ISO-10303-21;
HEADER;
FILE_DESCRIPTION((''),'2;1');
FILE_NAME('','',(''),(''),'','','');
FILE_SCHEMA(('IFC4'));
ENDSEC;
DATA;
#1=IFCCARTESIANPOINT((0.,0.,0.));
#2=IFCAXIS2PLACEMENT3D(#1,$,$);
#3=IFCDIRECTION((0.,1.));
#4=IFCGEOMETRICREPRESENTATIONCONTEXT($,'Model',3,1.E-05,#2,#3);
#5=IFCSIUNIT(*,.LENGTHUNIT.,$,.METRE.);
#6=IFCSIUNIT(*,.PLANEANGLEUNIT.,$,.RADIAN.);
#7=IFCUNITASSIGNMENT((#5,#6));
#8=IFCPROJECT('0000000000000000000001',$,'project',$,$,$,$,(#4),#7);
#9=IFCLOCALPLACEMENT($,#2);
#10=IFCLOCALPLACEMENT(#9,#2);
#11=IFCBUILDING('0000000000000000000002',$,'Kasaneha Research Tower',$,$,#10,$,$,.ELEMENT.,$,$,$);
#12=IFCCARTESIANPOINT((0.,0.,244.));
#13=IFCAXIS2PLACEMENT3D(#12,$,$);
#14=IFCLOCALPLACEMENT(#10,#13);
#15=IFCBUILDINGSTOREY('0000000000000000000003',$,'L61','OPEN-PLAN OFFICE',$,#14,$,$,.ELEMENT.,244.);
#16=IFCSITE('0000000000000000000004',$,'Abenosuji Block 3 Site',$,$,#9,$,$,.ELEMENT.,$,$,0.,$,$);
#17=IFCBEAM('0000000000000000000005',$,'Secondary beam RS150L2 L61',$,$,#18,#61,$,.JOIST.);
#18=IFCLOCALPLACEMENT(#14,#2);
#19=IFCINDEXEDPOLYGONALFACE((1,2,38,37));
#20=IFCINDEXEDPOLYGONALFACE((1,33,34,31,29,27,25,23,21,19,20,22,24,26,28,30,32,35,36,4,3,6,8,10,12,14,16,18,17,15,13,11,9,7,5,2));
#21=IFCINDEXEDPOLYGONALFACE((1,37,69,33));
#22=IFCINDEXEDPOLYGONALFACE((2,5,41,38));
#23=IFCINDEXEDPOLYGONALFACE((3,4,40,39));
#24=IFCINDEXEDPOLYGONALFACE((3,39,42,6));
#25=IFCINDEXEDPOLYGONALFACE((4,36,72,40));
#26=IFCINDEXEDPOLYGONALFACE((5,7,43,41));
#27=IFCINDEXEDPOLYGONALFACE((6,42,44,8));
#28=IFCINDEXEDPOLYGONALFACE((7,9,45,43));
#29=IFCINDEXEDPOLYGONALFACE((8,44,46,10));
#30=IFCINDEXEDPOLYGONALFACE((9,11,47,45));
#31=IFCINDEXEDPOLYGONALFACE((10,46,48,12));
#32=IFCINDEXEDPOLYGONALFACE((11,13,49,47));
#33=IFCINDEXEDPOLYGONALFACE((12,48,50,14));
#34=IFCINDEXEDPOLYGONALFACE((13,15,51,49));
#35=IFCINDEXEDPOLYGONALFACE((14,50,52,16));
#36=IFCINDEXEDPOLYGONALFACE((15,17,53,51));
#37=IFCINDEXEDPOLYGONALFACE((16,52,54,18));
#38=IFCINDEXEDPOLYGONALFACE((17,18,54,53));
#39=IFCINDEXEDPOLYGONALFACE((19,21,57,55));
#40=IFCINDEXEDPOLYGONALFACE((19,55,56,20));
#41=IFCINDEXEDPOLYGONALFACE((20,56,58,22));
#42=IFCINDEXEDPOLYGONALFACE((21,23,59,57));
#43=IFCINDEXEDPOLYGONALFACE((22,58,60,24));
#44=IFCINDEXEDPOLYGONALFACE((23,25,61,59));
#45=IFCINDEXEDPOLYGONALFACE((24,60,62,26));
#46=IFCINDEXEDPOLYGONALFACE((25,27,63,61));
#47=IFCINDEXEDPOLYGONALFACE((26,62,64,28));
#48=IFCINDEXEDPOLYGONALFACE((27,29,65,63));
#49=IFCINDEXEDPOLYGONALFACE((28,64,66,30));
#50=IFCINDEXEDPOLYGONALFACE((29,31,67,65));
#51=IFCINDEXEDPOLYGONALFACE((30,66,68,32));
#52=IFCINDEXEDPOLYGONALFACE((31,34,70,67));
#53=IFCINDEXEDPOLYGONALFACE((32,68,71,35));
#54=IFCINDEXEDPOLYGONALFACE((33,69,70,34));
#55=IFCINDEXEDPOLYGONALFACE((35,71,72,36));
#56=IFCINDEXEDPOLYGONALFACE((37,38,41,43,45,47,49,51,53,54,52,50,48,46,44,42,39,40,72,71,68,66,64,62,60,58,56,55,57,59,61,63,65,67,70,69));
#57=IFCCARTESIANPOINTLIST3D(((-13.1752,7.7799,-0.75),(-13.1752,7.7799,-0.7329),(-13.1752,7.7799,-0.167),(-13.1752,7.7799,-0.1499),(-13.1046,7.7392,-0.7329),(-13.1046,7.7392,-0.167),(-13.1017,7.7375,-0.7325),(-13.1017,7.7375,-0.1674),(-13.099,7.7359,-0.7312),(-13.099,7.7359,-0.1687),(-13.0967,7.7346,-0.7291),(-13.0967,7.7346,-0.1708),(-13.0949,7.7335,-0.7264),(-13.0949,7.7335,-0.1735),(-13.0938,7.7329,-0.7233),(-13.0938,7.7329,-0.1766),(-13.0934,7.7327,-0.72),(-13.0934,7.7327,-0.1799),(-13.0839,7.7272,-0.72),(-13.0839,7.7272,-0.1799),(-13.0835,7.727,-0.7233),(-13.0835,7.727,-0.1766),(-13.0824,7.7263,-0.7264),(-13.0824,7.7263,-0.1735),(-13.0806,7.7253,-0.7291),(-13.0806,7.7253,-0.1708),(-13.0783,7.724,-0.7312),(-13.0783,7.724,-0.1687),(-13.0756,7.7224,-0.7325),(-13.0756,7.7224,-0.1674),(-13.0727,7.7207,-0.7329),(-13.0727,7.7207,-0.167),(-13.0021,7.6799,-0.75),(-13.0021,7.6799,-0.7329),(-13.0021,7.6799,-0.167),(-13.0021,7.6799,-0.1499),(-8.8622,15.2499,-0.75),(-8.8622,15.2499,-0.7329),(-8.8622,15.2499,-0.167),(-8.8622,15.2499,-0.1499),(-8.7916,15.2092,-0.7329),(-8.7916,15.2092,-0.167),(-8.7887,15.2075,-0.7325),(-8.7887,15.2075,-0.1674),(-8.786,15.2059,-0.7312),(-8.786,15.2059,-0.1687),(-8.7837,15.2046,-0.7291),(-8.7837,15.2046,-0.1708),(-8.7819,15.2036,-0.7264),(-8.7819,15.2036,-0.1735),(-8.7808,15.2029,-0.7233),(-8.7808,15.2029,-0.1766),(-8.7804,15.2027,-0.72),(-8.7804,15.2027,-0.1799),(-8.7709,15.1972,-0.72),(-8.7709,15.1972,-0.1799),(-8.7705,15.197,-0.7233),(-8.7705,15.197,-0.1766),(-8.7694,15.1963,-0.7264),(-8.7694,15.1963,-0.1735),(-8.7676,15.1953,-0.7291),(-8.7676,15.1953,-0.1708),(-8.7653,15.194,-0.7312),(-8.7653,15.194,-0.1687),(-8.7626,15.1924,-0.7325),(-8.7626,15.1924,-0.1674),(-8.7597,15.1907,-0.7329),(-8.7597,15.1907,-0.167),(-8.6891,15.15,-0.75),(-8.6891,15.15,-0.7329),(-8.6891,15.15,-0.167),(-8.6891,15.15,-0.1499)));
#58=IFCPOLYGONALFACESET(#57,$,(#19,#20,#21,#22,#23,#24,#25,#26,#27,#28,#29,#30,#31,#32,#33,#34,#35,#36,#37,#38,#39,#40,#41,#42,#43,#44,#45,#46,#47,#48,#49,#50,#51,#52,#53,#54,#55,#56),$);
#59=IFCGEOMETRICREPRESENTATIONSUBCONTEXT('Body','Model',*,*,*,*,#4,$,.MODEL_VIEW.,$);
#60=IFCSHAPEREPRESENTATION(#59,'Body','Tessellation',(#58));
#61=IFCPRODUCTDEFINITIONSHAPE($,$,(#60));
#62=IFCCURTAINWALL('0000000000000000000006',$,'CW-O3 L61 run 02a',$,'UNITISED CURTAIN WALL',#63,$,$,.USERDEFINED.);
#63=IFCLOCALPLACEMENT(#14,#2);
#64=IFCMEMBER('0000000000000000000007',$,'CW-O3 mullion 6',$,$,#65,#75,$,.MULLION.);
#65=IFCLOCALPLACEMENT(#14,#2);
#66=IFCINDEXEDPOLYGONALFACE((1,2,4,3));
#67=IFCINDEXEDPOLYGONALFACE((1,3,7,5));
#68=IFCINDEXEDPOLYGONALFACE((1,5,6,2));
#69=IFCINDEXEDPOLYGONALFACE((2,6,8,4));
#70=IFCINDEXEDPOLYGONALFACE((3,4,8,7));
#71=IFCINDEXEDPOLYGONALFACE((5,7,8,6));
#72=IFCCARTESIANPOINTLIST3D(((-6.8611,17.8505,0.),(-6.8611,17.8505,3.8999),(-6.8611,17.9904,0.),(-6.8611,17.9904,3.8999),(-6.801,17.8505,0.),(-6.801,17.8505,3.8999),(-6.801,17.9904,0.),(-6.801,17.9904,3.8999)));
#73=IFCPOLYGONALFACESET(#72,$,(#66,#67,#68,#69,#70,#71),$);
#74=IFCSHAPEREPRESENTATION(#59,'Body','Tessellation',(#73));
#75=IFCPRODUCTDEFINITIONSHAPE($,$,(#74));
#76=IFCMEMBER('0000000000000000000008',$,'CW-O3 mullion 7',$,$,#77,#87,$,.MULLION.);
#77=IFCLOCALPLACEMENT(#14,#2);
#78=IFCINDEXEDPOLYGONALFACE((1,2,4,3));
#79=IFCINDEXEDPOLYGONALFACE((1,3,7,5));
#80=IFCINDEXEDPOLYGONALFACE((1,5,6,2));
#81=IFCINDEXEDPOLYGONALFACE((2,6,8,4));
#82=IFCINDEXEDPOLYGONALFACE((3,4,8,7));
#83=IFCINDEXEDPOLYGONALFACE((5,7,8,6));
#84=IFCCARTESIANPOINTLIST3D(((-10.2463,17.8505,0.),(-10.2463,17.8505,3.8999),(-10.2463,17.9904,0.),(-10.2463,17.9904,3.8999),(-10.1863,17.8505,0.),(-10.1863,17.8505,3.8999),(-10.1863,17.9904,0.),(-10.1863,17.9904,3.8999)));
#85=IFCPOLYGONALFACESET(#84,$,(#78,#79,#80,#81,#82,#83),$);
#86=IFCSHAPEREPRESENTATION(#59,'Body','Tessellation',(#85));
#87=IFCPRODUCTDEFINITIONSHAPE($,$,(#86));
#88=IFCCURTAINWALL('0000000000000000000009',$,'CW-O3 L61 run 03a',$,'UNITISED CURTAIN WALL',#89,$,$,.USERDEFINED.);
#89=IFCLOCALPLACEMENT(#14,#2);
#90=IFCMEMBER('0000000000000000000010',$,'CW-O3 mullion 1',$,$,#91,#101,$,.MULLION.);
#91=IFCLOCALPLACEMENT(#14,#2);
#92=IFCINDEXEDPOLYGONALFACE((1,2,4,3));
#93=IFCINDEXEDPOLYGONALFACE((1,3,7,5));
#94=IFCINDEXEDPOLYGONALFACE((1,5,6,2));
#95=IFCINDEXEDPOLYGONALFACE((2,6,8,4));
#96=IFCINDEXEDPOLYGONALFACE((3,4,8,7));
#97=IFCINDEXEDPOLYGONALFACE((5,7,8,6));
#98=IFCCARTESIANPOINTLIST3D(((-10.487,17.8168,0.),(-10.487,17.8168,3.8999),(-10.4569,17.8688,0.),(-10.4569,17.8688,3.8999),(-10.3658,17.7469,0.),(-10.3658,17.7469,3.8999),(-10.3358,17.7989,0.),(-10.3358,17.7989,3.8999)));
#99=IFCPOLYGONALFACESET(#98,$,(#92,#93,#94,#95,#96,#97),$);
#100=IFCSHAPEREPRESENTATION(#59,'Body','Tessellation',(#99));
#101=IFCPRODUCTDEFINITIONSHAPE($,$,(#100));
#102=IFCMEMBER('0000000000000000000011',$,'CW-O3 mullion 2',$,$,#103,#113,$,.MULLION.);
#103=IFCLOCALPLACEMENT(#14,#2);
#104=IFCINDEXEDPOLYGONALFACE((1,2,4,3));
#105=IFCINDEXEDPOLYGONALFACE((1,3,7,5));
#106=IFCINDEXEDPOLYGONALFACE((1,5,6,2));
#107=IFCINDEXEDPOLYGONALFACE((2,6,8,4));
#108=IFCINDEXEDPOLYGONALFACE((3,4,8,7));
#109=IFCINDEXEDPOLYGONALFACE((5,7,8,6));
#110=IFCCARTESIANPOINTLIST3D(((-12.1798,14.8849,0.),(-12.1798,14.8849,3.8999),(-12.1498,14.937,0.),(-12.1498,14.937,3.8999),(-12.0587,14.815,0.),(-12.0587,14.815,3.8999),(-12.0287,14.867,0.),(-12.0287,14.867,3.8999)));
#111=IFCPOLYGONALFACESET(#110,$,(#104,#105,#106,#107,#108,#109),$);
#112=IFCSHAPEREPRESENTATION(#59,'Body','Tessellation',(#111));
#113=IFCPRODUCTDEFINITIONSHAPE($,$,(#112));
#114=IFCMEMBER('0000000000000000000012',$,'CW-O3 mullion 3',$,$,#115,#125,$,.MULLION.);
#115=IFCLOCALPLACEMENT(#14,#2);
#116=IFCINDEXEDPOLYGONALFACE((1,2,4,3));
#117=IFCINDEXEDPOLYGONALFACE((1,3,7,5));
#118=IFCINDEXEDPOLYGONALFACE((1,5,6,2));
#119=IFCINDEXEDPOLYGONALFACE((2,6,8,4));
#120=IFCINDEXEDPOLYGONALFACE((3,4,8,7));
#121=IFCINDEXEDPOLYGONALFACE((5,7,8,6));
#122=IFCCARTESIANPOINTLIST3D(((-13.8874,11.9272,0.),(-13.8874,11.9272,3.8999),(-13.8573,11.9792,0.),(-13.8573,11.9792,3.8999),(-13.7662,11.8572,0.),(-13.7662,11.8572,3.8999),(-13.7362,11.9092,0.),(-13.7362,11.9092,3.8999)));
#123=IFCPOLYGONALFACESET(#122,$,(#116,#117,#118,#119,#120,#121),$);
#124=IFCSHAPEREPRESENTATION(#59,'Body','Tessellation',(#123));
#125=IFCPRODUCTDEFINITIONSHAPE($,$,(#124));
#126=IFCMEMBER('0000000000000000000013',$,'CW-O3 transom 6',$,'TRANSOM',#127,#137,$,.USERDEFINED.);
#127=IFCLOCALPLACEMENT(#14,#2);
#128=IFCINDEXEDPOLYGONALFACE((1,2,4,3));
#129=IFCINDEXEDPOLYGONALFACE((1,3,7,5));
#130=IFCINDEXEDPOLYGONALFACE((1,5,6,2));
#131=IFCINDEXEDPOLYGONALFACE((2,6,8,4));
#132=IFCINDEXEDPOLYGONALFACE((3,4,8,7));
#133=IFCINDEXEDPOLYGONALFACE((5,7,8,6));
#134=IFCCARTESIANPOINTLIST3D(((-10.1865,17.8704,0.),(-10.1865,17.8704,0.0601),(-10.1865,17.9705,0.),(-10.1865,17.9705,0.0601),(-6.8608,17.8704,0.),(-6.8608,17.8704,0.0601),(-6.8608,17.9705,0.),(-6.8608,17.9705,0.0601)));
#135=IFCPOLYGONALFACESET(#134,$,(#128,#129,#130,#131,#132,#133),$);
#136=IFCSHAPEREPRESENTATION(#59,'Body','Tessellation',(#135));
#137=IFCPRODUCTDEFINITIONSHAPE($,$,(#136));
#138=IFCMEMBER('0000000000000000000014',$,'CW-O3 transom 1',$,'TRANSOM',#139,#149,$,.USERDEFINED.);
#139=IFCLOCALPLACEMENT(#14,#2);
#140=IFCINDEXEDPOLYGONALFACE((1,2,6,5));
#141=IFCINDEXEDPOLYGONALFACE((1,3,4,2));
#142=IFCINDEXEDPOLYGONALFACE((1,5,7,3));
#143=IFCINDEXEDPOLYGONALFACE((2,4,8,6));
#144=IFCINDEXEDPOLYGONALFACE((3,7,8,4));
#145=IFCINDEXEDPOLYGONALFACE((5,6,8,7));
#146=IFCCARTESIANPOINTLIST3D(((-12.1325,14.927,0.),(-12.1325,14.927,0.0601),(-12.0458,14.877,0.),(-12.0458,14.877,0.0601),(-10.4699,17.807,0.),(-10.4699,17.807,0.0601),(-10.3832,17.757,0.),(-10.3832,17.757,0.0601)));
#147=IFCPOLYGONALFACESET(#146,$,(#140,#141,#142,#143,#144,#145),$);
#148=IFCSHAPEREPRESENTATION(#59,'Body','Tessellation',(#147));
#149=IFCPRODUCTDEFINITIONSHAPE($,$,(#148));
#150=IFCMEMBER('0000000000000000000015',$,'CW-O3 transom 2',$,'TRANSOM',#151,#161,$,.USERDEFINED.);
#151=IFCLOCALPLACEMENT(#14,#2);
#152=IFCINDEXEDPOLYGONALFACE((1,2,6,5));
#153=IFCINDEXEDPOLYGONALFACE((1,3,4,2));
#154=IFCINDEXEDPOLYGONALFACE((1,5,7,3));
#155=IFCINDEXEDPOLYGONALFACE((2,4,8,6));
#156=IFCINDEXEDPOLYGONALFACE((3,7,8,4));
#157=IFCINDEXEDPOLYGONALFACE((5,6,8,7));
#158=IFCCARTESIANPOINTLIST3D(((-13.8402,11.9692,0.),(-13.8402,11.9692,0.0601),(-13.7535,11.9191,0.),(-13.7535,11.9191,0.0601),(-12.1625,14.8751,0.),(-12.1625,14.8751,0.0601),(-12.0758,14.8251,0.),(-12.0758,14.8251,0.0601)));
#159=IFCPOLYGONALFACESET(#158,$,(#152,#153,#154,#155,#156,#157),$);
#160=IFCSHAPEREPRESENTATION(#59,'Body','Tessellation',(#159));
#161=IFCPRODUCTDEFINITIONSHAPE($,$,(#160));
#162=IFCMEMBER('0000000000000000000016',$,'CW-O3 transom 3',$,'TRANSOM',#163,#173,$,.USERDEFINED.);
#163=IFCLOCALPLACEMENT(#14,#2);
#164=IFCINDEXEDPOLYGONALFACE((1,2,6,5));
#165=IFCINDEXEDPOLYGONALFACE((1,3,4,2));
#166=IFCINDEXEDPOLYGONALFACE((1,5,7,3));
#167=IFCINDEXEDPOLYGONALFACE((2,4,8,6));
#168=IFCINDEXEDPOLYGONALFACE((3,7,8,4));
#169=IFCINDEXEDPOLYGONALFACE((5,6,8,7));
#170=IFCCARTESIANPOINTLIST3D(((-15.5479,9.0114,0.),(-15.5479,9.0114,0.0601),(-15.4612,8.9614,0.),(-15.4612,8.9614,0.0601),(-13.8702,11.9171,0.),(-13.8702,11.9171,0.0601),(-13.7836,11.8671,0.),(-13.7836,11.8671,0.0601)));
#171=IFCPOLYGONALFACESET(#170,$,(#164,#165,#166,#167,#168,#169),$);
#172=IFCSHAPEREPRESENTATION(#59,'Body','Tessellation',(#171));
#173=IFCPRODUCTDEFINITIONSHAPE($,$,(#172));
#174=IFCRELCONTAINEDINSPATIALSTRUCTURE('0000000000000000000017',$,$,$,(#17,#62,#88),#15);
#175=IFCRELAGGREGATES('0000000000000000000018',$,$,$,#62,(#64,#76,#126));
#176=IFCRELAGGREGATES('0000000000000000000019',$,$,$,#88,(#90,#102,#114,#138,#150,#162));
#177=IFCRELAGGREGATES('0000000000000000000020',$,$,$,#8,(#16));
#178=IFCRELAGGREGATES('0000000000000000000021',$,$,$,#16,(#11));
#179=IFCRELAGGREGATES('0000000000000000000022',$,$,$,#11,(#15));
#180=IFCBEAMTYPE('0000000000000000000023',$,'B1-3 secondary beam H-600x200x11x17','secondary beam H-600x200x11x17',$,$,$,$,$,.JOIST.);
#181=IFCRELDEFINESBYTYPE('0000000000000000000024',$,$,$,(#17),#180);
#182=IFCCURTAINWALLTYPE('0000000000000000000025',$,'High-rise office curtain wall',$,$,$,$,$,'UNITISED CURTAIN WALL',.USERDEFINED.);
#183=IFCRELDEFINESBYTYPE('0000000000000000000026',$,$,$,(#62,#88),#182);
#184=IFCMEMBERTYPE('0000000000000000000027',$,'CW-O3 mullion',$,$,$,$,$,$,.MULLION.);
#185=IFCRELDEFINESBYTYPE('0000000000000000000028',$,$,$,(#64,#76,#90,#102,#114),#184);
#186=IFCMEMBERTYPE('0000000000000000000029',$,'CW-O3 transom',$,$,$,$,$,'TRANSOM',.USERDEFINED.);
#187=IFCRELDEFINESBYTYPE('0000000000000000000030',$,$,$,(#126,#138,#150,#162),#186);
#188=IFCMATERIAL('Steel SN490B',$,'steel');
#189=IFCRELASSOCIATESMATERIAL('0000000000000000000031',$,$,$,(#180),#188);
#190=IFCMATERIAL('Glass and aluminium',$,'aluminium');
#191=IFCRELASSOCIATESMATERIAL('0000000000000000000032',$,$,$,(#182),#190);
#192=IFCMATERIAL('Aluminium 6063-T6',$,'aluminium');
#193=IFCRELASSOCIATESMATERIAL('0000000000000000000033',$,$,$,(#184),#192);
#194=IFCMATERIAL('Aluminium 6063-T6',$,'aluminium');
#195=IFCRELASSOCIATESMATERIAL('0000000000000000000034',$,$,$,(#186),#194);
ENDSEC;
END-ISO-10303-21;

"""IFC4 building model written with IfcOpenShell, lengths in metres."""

from ifc_helpers import new_model, si_unit, direction, frame, origin, origin_2d, place, context, subcontext, project, spatial, rectangle, i_section, extrude, material, material_profile, profile_set, type_object, element, aggregate, save


model = new_model("IFC4")

# Units and contexts
model_context = context("Model", 3, precision=1e-05, world=origin(), true_north=direction((0.0, 1.0)))
body_context = subcontext(model_context, "Body", "Model", "MODEL_VIEW")
ifc_project = project(units=[si_unit("LENGTHUNIT", "METRE"), si_unit("PLANEANGLEUNIT", "RADIAN")], contexts=[model_context])

# Site, building, storey
site_placement = place(None, origin())
site = spatial("IfcSite", under=ifc_project, at=site_placement, Name="Abenosuji Block 3 Site", CompositionType="ELEMENT", RefElevation=0.0)
building_placement = place(site_placement, origin())
building = spatial("IfcBuilding", under=site, at=building_placement, Name="Kasaneha Research Tower", CompositionType="ELEMENT")
storey_placement = place(building_placement, frame((0.0, 0.0, 244.0)))
storey = spatial("IfcBuildingStorey", under=building, at=storey_placement, Name="L61", Description="OPEN-PLAN OFFICE", CompositionType="ELEMENT", Elevation=244.0)

# Beam
ifc_material_1 = material(Name="Steel SN490B", Category="steel")
ifc_material_profile_1 = material_profile(ifc_material_1, i_section(OverallWidth=0.2, OverallDepth=0.6001, WebThickness=0.011, FlangeThickness=0.0171, FilletRadius=0.0129, at=origin_2d()), Name="H-600x200x11x17")
ifc_profile_set_1 = profile_set([ifc_material_profile_1], Name="Steel SN490B")
beam_type_1 = type_object("IfcBeamType", Name="B1-3 secondary beam H-600x200x11x17", Description="secondary beam H-600x200x11x17", PredefinedType="JOIST", material=ifc_profile_set_1)
beam_1_placement = place(storey_placement, frame((-8.7756, 15.2, -0.45), z_axis=(-0.500017, -0.866015, 0.0), x_axis=(0.866015, -0.500017, 0.0)))
element("IfcBeam", 1, at=beam_1_placement, inside=storey, type_object=beam_type_1, Name="Secondary beam RS150L2 L61", PredefinedType="JOIST", context=body_context, shape_type="SweptSolid", body=[
    extrude(i_section(OverallWidth=0.2, OverallDepth=0.6001, WebThickness=0.011, FlangeThickness=0.0171, FilletRadius=0.0129, at=origin_2d()), origin(), (0.0, 0.0, 1.0), 8.6257),
])

# Curtain walls, members
ifc_material_2 = material(Name="Glass and aluminium", Category="aluminium")
curtain_wall_type = type_object("IfcCurtainWallType", Name="High-rise office curtain wall", ElementType="UNITISED CURTAIN WALL", PredefinedType="USERDEFINED", material=ifc_material_2)
curtain_wall_1_placement = place(storey_placement, origin())
curtain_wall_1 = element("IfcCurtainWall", 2, at=curtain_wall_1_placement, inside=storey, type_object=curtain_wall_type, Name="CW-O3 L61 run 02a", ObjectType="UNITISED CURTAIN WALL", PredefinedType="USERDEFINED")
ifc_material_3 = material(Name="Aluminium 6063-T6", Category="aluminium")
ifc_material_profile_2 = material_profile(ifc_material_3, rectangle(XDim=0.0601, YDim=0.1399, at=origin_2d()), Name="CW-O3 mullion 60x140")
ifc_profile_set_2 = profile_set([ifc_material_profile_2], Name="Aluminium 6063-T6")
member_type_1 = type_object("IfcMemberType", Name="CW-O3 mullion", PredefinedType="MULLION", material=ifc_profile_set_2)
member_1_placement = place(storey_placement, frame((-6.8311, 17.9204, 0.0), z_axis=(0.0, 0.0, 1.0), x_axis=(-1.0, 0.0, 0.0)))
member_1 = element("IfcMember", 3, at=member_1_placement, type_object=member_type_1, Name="CW-O3 mullion 6", PredefinedType="MULLION", context=body_context, shape_type="SweptSolid", body=[
    extrude(rectangle(XDim=0.0601, YDim=0.1399, at=origin_2d()), origin(), (0.0, 0.0, 1.0), 3.8999),
])
member_2_placement = place(storey_placement, frame((-10.2163, 17.9204, 0.0), z_axis=(0.0, 0.0, 1.0), x_axis=(-1.0, 0.0, 0.0)))
member_2 = element("IfcMember", 4, at=member_2_placement, type_object=member_type_1, Name="CW-O3 mullion 7", PredefinedType="MULLION", context=body_context, shape_type="SweptSolid", body=[
    extrude(rectangle(XDim=0.0601, YDim=0.1399, at=origin_2d()), origin(), (0.0, 0.0, 1.0), 3.8999),
])
curtain_wall_2_placement = place(storey_placement, origin())
curtain_wall_2 = element("IfcCurtainWall", 5, at=curtain_wall_2_placement, inside=storey, type_object=curtain_wall_type, Name="CW-O3 L61 run 03a", ObjectType="UNITISED CURTAIN WALL", PredefinedType="USERDEFINED")
member_3_placement = place(storey_placement, frame((-10.4114, 17.8079, 0.0), z_axis=(0.0, 0.0, 1.0), x_axis=(-0.5, -0.866025, 0.0)))
member_3 = element("IfcMember", 6, at=member_3_placement, type_object=member_type_1, Name="CW-O3 mullion 1", PredefinedType="MULLION", context=body_context, shape_type="SweptSolid", body=[
    extrude(rectangle(XDim=0.0601, YDim=0.1399, at=origin_2d()), origin(), (0.0, 0.0, 1.0), 3.8999),
])
member_4_placement = place(storey_placement, frame((-12.1042, 14.876, 0.0), z_axis=(0.0, 0.0, 1.0), x_axis=(-0.5, -0.866025, 0.0)))
member_4 = element("IfcMember", 7, at=member_4_placement, type_object=member_type_1, Name="CW-O3 mullion 2", PredefinedType="MULLION", context=body_context, shape_type="SweptSolid", body=[
    extrude(rectangle(XDim=0.0601, YDim=0.1399, at=origin_2d()), origin(), (0.0, 0.0, 1.0), 3.8999),
])
member_5_placement = place(storey_placement, frame((-13.8118, 11.9182, 0.0), z_axis=(0.0, 0.0, 1.0), x_axis=(-0.5, -0.866025, 0.0)))
member_5 = element("IfcMember", 8, at=member_5_placement, type_object=member_type_1, Name="CW-O3 mullion 3", PredefinedType="MULLION", context=body_context, shape_type="SweptSolid", body=[
    extrude(rectangle(XDim=0.0601, YDim=0.1399, at=origin_2d()), origin(), (0.0, 0.0, 1.0), 3.8999),
])

# Members
ifc_material_4 = material(Name="Aluminium 6063-T6", Category="aluminium")
ifc_material_profile_3 = material_profile(ifc_material_4, rectangle(XDim=0.1001, YDim=0.0601, at=origin_2d()), Name="CW-O3 transom 100x60")
ifc_profile_set_3 = profile_set([ifc_material_profile_3], Name="Aluminium 6063-T6")
member_type_2 = type_object("IfcMemberType", Name="CW-O3 transom", ElementType="TRANSOM", PredefinedType="USERDEFINED", material=ifc_profile_set_3)
member_6_placement = place(storey_placement, frame((-6.8608, 17.9204, 0.03), z_axis=(-1.0, 0.0, 0.0), x_axis=(0.0, -1.0, 0.0)))
member_6 = element("IfcMember", 9, at=member_6_placement, type_object=member_type_2, Name="CW-O3 transom 6", ObjectType="TRANSOM", PredefinedType="USERDEFINED", context=body_context, shape_type="SweptSolid", body=[
    extrude(rectangle(XDim=0.1001, YDim=0.0601, at=origin_2d()), origin(), (0.0, 0.0, 1.0), 3.3257),
])
member_7_placement = place(storey_placement, frame((-10.4265, 17.782, 0.03), z_axis=(-0.499977, -0.866039, 0.0), x_axis=(0.866039, -0.499977, 0.0)))
member_7 = element("IfcMember", 10, at=member_7_placement, type_object=member_type_2, Name="CW-O3 transom 1", ObjectType="TRANSOM", PredefinedType="USERDEFINED", context=body_context, shape_type="SweptSolid", body=[
    extrude(rectangle(XDim=0.1001, YDim=0.0601, at=origin_2d()), origin(), (0.0, 0.0, 1.0), 3.3254),
])
member_8_placement = place(storey_placement, frame((-12.1191, 14.8501, 0.03), z_axis=(-0.499989, -0.866032, 0.0), x_axis=(0.866032, -0.499989, 0.0)))
member_8 = element("IfcMember", 11, at=member_8_placement, type_object=member_type_2, Name="CW-O3 transom 2", ObjectType="TRANSOM", PredefinedType="USERDEFINED", context=body_context, shape_type="SweptSolid", body=[
    extrude(rectangle(XDim=0.1001, YDim=0.0601, at=origin_2d()), origin(), (0.0, 0.0, 1.0), 3.3555),
])
member_9_placement = place(storey_placement, frame((-13.8269, 11.8921, 0.03), z_axis=(-0.500021, -0.866014, 0.0), x_axis=(0.866014, -0.500021, 0.0)))
member_9 = element("IfcMember", 12, at=member_9_placement, type_object=member_type_2, Name="CW-O3 transom 3", ObjectType="TRANSOM", PredefinedType="USERDEFINED", context=body_context, shape_type="SweptSolid", body=[
    extrude(rectangle(XDim=0.1001, YDim=0.0601, at=origin_2d()), origin(), (0.0, 0.0, 1.0), 3.3552),
])

aggregate(curtain_wall_1, [member_1, member_2, member_6])
aggregate(curtain_wall_2, [member_3, member_4, member_5, member_7, member_8, member_9])

save(model, "model.ifc")
